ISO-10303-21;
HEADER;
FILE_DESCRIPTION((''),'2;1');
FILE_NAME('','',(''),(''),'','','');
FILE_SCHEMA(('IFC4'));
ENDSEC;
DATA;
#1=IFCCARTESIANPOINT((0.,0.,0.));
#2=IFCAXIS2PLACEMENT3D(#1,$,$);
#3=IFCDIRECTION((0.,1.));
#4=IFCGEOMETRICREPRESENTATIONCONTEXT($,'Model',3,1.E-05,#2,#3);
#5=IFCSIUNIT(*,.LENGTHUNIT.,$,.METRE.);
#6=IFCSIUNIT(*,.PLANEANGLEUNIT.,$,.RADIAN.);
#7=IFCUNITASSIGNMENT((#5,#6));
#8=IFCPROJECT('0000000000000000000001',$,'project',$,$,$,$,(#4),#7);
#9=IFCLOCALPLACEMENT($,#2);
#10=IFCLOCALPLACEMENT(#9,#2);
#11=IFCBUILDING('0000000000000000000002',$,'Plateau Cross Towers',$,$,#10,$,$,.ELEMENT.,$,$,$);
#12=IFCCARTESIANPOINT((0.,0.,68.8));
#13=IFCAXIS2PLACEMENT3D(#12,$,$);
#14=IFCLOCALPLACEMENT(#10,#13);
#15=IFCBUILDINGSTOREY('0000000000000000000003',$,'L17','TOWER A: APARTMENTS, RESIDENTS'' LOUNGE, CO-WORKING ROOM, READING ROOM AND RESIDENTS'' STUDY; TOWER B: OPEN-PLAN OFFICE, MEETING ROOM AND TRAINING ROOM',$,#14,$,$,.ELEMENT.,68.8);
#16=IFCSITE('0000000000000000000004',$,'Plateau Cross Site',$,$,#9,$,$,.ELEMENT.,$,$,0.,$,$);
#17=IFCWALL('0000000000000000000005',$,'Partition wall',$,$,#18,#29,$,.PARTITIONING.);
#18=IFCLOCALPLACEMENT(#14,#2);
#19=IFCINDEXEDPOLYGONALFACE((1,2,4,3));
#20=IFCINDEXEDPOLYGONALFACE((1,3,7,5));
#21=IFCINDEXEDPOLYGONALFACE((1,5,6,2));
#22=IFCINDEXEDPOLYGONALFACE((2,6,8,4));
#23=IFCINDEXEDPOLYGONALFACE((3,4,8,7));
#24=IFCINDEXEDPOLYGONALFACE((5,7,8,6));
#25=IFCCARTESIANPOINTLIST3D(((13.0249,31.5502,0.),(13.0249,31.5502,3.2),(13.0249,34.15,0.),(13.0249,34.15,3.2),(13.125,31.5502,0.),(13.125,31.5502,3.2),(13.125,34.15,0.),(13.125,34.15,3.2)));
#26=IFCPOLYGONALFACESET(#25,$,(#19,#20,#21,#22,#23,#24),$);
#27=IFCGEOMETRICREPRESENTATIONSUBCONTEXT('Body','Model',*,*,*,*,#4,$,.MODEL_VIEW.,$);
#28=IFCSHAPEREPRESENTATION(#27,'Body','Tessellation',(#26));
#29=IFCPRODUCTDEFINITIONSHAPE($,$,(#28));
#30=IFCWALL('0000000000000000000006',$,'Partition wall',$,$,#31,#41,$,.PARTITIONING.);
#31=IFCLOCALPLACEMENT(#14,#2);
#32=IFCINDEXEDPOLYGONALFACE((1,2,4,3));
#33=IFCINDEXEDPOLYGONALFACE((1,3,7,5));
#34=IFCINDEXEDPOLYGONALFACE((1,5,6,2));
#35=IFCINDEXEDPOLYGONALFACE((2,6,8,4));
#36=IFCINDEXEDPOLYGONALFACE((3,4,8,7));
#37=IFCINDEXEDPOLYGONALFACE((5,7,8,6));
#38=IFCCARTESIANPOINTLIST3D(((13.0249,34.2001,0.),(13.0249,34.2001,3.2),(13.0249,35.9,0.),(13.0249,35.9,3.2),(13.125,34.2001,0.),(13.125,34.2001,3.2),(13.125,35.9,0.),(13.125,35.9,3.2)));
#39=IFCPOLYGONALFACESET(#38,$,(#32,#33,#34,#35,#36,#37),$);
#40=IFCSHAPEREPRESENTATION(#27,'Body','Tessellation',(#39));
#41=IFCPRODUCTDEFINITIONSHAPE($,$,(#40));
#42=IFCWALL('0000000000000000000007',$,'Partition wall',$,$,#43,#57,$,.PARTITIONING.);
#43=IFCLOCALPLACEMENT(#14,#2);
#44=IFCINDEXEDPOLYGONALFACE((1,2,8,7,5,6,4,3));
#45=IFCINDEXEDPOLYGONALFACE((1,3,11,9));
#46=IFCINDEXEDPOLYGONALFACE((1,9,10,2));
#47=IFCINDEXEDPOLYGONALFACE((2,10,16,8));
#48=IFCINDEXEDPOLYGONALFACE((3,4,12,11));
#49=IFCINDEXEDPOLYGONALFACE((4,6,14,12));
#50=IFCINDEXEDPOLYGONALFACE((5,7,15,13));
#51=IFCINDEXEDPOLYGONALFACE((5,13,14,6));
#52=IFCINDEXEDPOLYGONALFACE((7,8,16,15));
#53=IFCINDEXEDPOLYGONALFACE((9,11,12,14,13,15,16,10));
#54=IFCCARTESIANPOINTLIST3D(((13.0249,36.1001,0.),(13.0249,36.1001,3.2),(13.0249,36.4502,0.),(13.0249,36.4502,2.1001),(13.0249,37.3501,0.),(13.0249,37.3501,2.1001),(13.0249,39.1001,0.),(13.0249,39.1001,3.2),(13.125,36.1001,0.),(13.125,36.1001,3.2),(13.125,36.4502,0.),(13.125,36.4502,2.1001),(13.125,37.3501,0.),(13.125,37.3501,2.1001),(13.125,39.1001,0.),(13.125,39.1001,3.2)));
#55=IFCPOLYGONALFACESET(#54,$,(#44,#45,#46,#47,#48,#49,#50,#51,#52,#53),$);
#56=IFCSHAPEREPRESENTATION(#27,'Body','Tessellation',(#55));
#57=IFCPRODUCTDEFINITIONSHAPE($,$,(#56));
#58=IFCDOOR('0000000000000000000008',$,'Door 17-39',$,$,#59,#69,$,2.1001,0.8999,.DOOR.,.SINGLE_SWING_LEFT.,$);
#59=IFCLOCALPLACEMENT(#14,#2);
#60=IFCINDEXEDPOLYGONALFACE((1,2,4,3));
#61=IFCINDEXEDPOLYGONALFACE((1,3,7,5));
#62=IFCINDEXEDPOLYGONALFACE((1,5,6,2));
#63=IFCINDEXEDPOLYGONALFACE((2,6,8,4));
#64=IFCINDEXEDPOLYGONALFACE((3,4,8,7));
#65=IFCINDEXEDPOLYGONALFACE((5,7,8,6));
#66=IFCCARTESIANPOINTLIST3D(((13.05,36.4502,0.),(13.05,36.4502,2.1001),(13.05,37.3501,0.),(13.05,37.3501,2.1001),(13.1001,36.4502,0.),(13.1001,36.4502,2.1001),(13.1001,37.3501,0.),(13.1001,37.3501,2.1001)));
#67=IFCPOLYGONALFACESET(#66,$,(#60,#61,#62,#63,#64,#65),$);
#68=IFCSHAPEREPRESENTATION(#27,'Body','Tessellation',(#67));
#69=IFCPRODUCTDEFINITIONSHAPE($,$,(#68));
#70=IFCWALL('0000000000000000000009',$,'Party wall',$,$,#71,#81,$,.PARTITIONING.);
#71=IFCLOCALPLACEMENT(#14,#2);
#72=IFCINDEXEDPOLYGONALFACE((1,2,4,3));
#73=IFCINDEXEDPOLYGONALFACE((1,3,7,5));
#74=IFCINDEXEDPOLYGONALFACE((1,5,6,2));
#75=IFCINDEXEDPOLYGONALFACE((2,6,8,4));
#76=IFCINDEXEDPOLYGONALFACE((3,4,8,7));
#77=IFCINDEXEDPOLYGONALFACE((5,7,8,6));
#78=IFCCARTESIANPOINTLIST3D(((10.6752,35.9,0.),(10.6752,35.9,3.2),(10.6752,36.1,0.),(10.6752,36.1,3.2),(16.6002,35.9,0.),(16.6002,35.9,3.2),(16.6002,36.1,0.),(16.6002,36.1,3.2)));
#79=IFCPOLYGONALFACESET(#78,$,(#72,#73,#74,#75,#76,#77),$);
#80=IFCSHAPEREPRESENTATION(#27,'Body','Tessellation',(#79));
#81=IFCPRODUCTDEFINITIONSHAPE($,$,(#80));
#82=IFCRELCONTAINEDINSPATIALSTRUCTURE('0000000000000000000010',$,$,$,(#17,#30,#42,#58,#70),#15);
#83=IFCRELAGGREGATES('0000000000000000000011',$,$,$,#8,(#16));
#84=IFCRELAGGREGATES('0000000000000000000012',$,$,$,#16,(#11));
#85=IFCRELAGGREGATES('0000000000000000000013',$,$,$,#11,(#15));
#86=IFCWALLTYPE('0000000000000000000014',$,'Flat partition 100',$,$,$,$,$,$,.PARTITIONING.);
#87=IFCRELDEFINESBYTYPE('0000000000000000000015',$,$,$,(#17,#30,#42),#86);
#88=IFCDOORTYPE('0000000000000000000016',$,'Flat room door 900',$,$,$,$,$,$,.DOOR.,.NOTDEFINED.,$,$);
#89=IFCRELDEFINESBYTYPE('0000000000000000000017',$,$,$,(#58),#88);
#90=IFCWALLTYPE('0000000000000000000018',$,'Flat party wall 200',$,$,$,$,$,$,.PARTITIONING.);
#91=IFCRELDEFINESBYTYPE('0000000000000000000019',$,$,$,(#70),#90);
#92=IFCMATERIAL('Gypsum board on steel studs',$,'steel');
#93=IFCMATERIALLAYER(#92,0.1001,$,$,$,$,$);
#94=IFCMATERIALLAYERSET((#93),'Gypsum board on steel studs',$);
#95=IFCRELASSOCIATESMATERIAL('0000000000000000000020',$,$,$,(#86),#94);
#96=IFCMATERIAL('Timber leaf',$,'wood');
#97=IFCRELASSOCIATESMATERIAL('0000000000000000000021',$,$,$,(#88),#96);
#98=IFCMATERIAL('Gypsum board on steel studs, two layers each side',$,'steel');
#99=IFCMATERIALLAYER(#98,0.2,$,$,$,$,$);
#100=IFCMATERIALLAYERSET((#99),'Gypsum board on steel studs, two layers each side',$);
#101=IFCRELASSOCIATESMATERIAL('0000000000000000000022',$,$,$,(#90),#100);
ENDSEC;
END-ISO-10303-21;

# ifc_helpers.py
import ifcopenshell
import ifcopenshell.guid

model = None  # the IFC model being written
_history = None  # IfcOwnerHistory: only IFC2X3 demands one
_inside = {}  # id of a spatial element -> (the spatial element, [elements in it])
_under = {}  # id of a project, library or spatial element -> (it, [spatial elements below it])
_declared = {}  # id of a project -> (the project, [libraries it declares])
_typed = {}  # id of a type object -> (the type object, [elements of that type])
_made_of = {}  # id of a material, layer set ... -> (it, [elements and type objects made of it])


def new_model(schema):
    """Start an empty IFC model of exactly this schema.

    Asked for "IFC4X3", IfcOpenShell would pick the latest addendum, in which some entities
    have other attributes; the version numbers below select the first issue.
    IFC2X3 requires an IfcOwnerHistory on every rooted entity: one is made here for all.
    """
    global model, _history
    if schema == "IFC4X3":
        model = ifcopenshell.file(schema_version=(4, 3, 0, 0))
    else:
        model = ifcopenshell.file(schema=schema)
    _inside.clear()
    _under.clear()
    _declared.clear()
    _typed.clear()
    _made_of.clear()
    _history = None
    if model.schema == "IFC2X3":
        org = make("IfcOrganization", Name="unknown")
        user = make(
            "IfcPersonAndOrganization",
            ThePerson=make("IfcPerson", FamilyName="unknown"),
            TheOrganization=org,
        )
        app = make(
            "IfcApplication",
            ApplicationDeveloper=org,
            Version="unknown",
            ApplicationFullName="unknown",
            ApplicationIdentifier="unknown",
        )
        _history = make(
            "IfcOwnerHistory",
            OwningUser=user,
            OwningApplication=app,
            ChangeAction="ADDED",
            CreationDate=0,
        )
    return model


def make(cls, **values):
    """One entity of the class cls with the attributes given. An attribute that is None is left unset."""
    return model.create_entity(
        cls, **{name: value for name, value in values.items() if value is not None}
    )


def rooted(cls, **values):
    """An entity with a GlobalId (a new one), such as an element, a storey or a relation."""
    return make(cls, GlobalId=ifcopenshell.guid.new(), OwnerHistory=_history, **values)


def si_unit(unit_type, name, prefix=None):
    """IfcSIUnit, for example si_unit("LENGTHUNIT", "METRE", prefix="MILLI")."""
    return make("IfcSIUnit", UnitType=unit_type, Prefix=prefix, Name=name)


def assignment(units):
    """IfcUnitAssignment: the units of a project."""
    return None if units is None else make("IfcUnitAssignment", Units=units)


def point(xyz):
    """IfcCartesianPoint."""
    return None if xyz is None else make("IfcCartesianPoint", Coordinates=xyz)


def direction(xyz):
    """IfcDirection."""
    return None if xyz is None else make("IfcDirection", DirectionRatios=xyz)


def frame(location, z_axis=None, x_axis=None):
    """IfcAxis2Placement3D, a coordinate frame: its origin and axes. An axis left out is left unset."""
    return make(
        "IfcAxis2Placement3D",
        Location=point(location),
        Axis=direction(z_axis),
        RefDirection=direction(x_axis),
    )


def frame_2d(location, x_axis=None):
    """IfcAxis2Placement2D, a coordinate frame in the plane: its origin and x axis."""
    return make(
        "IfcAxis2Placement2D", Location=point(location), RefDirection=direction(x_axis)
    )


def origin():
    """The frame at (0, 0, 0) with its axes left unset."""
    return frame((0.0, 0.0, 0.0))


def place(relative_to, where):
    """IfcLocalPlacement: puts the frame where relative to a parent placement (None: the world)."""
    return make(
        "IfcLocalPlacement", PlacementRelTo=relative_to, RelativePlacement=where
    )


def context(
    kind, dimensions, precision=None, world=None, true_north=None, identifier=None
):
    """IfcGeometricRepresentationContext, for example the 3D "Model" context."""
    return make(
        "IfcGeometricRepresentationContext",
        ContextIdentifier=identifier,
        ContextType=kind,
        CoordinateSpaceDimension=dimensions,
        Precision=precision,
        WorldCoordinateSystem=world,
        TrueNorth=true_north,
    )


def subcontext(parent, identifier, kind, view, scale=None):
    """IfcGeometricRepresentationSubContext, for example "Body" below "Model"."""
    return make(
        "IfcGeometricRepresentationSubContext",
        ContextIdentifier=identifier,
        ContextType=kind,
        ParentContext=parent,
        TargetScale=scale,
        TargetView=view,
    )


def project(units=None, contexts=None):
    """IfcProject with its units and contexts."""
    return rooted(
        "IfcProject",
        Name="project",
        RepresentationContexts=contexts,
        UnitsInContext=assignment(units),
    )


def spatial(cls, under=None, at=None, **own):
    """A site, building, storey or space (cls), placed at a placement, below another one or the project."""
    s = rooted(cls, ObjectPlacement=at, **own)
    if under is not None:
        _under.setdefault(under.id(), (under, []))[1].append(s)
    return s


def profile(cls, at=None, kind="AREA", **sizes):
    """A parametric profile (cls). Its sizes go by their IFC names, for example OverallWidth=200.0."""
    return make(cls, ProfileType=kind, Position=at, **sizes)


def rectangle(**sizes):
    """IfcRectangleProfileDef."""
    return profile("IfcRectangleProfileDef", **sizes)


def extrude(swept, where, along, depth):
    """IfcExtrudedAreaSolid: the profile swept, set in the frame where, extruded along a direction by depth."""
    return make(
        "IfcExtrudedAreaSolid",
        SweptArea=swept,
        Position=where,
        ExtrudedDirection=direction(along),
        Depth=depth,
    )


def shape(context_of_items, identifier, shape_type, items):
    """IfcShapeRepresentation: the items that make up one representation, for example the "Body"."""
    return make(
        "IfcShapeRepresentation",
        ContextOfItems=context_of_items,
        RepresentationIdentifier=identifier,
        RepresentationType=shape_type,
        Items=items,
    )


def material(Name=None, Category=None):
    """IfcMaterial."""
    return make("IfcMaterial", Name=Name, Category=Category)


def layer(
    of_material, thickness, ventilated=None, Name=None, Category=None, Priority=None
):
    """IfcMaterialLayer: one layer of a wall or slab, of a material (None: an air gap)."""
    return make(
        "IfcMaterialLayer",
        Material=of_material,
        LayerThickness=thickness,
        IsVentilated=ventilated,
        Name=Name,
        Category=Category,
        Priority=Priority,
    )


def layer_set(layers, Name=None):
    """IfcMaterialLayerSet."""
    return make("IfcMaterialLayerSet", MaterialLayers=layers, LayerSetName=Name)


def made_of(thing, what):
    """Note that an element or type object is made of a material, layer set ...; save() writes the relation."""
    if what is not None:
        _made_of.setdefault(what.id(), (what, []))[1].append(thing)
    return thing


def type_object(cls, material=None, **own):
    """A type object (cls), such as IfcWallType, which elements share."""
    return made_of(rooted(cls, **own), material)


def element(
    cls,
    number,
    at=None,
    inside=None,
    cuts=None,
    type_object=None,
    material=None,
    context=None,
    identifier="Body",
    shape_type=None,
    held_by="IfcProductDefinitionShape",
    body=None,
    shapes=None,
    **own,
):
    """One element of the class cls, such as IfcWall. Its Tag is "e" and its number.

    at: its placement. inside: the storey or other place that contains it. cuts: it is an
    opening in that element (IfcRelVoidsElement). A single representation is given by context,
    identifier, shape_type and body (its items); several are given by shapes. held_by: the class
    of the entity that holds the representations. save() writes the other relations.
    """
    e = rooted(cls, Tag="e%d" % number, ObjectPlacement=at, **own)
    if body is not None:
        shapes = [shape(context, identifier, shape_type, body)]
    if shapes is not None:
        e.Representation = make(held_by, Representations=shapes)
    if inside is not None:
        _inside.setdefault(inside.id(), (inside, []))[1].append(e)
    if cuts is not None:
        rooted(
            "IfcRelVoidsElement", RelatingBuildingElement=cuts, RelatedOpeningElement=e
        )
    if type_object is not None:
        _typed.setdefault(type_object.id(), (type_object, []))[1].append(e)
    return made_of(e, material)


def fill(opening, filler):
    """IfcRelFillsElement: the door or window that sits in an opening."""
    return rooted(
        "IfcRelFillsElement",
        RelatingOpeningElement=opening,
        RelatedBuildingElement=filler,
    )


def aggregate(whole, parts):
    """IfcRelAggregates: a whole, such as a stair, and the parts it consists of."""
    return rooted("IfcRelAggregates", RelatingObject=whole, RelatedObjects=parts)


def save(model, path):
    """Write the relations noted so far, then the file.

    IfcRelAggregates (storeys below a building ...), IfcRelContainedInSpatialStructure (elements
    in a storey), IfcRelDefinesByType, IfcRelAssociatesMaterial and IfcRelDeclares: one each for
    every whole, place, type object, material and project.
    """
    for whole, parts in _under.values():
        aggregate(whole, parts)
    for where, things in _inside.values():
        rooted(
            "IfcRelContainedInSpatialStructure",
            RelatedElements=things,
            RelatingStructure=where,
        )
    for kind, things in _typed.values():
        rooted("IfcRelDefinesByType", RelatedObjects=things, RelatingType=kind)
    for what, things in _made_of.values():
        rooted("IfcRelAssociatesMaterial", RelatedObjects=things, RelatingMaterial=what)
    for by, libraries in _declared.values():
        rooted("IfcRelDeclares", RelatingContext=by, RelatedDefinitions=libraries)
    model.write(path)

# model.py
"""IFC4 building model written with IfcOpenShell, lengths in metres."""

from ifc_helpers import new_model, si_unit, direction, frame, frame_2d, origin, place, context, subcontext, project, spatial, rectangle, extrude, material, layer, layer_set, type_object, element, fill, save


model = new_model("IFC4")

# Units and contexts
model_context = context("Model", 3, precision=1e-05, world=origin(), true_north=direction((0.0, 1.0)))
body_context = subcontext(model_context, "Body", "Model", "MODEL_VIEW")
ifc_project = project(units=[si_unit("LENGTHUNIT", "METRE"), si_unit("PLANEANGLEUNIT", "RADIAN")], contexts=[model_context])

# Site, building, storey
site_placement = place(None, origin())
site = spatial("IfcSite", under=ifc_project, at=site_placement, Name="Plateau Cross Site", CompositionType="ELEMENT", RefElevation=0.0)
building_placement = place(site_placement, origin())
building = spatial("IfcBuilding", under=site, at=building_placement, Name="Plateau Cross Towers", CompositionType="ELEMENT")
storey_placement = place(building_placement, frame((0.0, 0.0, 68.8)))
storey = spatial("IfcBuildingStorey", under=building, at=storey_placement, Name="L17", Description="TOWER A: APARTMENTS, RESIDENTS' LOUNGE, CO-WORKING ROOM, READING ROOM AND RESIDENTS' STUDY; TOWER B: OPEN-PLAN OFFICE, MEETING ROOM AND TRAINING ROOM", CompositionType="ELEMENT", Elevation=68.8)

# Shared definitions
ifc_material_1 = material(Name="Gypsum board on steel studs", Category="steel")
ifc_layer_1 = layer(ifc_material_1, 0.1001)
ifc_layer_set_1 = layer_set([ifc_layer_1], Name="Gypsum board on steel studs")
wall_type_1 = type_object("IfcWallType", Name="Flat partition 100", PredefinedType="PARTITIONING", material=ifc_layer_set_1)
ifc_material_2 = material(Name="Timber leaf", Category="wood")
door_type_1 = type_object("IfcDoorType", Name="Flat room door 900", OperationType="NOTDEFINED", PredefinedType="DOOR", material=ifc_material_2)

# Walls
wall_1_placement = place(storey_placement, frame((13.075, 34.1499, 0.0), z_axis=(0.0, 0.0, 1.0), x_axis=(0.0, -1.0, 0.0)))
element("IfcWall", 1, at=wall_1_placement, inside=storey, type_object=wall_type_1, Name="Partition wall", PredefinedType="PARTITIONING", context=body_context, shape_type="SweptSolid", body=[
    extrude(rectangle(XDim=2.5999, YDim=0.1001, at=frame_2d((1.2998, 0.0))), origin(), (0.0, 0.0, 1.0), 3.2),
])
wall_2_placement = place(storey_placement, frame((13.075, 34.2, 0.0), z_axis=(0.0, 0.0, 1.0), x_axis=(0.0, 1.0, 0.0)))
element("IfcWall", 2, at=wall_2_placement, inside=storey, type_object=wall_type_1, Name="Partition wall", PredefinedType="PARTITIONING", context=body_context, shape_type="SweptSolid", body=[
    extrude(rectangle(XDim=1.7, YDim=0.1001, at=frame_2d((0.8501, 0.0))), origin(), (0.0, 0.0, 1.0), 3.2),
])

# Wall, opening, door
wall_3_placement = place(storey_placement, frame((13.075, 36.1001, 0.0), z_axis=(0.0, 0.0, 1.0), x_axis=(0.0, 1.0, 0.0)))
wall_3 = element("IfcWall", 3, at=wall_3_placement, inside=storey, type_object=wall_type_1, Name="Partition wall", PredefinedType="PARTITIONING", context=body_context, shape_type="SweptSolid", body=[
    extrude(rectangle(XDim=3.0, YDim=0.1001, at=frame_2d((1.5, 0.0))), origin(), (0.0, 0.0, 1.0), 3.2),
])
opening_1_placement = place(wall_3_placement, frame((0.3501, 0.0, 0.0)))
opening_1 = element("IfcOpeningElement", 4, at=opening_1_placement, cuts=wall_3, PredefinedType="OPENING", context=body_context, shape_type="SweptSolid", body=[
    extrude(rectangle(XDim=0.8999, YDim=2.1001, at=frame_2d((0.45, 1.05))), frame((0.0, 0.0601, 0.0), z_axis=(0.0, -1.0, 0.0), x_axis=(1.0, 0.0, 0.0)), (0.0, 0.0, 1.0), 0.1201),
])
door_1_placement = place(opening_1_placement, origin())
door_1 = element("IfcDoor", 5, at=door_1_placement, inside=storey, type_object=door_type_1, Name="Door 17-39", OperationType="SINGLE_SWING_LEFT", OverallHeight=2.1001, OverallWidth=0.8999, PredefinedType="DOOR", context=body_context, shape_type="SweptSolid", body=[
    extrude(rectangle(XDim=0.8999, YDim=2.1001, at=frame_2d((0.45, 1.05))), frame((0.0, 0.0249, 0.0), z_axis=(0.0, -1.0, 0.0), x_axis=(1.0, 0.0, 0.0)), (0.0, 0.0, 1.0), 0.05),
])
fill(opening_1, door_1)

# Wall
ifc_material_3 = material(Name="Gypsum board on steel studs, two layers each side", Category="steel")
ifc_layer_2 = layer(ifc_material_3, 0.2)
ifc_layer_set_2 = layer_set([ifc_layer_2], Name="Gypsum board on steel studs, two layers each side")
wall_type_2 = type_object("IfcWallType", Name="Flat party wall 200", PredefinedType="PARTITIONING", material=ifc_layer_set_2)
wall_4_placement = place(storey_placement, frame((16.6001, 36.0, 0.0), z_axis=(0.0, 0.0, 1.0), x_axis=(-1.0, 0.0, 0.0)))
element("IfcWall", 6, at=wall_4_placement, inside=storey, type_object=wall_type_2, Name="Party wall", PredefinedType="PARTITIONING", context=body_context, shape_type="SweptSolid", body=[
    extrude(rectangle(XDim=5.925, YDim=0.2, at=frame_2d((2.9624, 0.0))), origin(), (0.0, 0.0, 1.0), 3.2),
])

save(model, "model.ifc")
